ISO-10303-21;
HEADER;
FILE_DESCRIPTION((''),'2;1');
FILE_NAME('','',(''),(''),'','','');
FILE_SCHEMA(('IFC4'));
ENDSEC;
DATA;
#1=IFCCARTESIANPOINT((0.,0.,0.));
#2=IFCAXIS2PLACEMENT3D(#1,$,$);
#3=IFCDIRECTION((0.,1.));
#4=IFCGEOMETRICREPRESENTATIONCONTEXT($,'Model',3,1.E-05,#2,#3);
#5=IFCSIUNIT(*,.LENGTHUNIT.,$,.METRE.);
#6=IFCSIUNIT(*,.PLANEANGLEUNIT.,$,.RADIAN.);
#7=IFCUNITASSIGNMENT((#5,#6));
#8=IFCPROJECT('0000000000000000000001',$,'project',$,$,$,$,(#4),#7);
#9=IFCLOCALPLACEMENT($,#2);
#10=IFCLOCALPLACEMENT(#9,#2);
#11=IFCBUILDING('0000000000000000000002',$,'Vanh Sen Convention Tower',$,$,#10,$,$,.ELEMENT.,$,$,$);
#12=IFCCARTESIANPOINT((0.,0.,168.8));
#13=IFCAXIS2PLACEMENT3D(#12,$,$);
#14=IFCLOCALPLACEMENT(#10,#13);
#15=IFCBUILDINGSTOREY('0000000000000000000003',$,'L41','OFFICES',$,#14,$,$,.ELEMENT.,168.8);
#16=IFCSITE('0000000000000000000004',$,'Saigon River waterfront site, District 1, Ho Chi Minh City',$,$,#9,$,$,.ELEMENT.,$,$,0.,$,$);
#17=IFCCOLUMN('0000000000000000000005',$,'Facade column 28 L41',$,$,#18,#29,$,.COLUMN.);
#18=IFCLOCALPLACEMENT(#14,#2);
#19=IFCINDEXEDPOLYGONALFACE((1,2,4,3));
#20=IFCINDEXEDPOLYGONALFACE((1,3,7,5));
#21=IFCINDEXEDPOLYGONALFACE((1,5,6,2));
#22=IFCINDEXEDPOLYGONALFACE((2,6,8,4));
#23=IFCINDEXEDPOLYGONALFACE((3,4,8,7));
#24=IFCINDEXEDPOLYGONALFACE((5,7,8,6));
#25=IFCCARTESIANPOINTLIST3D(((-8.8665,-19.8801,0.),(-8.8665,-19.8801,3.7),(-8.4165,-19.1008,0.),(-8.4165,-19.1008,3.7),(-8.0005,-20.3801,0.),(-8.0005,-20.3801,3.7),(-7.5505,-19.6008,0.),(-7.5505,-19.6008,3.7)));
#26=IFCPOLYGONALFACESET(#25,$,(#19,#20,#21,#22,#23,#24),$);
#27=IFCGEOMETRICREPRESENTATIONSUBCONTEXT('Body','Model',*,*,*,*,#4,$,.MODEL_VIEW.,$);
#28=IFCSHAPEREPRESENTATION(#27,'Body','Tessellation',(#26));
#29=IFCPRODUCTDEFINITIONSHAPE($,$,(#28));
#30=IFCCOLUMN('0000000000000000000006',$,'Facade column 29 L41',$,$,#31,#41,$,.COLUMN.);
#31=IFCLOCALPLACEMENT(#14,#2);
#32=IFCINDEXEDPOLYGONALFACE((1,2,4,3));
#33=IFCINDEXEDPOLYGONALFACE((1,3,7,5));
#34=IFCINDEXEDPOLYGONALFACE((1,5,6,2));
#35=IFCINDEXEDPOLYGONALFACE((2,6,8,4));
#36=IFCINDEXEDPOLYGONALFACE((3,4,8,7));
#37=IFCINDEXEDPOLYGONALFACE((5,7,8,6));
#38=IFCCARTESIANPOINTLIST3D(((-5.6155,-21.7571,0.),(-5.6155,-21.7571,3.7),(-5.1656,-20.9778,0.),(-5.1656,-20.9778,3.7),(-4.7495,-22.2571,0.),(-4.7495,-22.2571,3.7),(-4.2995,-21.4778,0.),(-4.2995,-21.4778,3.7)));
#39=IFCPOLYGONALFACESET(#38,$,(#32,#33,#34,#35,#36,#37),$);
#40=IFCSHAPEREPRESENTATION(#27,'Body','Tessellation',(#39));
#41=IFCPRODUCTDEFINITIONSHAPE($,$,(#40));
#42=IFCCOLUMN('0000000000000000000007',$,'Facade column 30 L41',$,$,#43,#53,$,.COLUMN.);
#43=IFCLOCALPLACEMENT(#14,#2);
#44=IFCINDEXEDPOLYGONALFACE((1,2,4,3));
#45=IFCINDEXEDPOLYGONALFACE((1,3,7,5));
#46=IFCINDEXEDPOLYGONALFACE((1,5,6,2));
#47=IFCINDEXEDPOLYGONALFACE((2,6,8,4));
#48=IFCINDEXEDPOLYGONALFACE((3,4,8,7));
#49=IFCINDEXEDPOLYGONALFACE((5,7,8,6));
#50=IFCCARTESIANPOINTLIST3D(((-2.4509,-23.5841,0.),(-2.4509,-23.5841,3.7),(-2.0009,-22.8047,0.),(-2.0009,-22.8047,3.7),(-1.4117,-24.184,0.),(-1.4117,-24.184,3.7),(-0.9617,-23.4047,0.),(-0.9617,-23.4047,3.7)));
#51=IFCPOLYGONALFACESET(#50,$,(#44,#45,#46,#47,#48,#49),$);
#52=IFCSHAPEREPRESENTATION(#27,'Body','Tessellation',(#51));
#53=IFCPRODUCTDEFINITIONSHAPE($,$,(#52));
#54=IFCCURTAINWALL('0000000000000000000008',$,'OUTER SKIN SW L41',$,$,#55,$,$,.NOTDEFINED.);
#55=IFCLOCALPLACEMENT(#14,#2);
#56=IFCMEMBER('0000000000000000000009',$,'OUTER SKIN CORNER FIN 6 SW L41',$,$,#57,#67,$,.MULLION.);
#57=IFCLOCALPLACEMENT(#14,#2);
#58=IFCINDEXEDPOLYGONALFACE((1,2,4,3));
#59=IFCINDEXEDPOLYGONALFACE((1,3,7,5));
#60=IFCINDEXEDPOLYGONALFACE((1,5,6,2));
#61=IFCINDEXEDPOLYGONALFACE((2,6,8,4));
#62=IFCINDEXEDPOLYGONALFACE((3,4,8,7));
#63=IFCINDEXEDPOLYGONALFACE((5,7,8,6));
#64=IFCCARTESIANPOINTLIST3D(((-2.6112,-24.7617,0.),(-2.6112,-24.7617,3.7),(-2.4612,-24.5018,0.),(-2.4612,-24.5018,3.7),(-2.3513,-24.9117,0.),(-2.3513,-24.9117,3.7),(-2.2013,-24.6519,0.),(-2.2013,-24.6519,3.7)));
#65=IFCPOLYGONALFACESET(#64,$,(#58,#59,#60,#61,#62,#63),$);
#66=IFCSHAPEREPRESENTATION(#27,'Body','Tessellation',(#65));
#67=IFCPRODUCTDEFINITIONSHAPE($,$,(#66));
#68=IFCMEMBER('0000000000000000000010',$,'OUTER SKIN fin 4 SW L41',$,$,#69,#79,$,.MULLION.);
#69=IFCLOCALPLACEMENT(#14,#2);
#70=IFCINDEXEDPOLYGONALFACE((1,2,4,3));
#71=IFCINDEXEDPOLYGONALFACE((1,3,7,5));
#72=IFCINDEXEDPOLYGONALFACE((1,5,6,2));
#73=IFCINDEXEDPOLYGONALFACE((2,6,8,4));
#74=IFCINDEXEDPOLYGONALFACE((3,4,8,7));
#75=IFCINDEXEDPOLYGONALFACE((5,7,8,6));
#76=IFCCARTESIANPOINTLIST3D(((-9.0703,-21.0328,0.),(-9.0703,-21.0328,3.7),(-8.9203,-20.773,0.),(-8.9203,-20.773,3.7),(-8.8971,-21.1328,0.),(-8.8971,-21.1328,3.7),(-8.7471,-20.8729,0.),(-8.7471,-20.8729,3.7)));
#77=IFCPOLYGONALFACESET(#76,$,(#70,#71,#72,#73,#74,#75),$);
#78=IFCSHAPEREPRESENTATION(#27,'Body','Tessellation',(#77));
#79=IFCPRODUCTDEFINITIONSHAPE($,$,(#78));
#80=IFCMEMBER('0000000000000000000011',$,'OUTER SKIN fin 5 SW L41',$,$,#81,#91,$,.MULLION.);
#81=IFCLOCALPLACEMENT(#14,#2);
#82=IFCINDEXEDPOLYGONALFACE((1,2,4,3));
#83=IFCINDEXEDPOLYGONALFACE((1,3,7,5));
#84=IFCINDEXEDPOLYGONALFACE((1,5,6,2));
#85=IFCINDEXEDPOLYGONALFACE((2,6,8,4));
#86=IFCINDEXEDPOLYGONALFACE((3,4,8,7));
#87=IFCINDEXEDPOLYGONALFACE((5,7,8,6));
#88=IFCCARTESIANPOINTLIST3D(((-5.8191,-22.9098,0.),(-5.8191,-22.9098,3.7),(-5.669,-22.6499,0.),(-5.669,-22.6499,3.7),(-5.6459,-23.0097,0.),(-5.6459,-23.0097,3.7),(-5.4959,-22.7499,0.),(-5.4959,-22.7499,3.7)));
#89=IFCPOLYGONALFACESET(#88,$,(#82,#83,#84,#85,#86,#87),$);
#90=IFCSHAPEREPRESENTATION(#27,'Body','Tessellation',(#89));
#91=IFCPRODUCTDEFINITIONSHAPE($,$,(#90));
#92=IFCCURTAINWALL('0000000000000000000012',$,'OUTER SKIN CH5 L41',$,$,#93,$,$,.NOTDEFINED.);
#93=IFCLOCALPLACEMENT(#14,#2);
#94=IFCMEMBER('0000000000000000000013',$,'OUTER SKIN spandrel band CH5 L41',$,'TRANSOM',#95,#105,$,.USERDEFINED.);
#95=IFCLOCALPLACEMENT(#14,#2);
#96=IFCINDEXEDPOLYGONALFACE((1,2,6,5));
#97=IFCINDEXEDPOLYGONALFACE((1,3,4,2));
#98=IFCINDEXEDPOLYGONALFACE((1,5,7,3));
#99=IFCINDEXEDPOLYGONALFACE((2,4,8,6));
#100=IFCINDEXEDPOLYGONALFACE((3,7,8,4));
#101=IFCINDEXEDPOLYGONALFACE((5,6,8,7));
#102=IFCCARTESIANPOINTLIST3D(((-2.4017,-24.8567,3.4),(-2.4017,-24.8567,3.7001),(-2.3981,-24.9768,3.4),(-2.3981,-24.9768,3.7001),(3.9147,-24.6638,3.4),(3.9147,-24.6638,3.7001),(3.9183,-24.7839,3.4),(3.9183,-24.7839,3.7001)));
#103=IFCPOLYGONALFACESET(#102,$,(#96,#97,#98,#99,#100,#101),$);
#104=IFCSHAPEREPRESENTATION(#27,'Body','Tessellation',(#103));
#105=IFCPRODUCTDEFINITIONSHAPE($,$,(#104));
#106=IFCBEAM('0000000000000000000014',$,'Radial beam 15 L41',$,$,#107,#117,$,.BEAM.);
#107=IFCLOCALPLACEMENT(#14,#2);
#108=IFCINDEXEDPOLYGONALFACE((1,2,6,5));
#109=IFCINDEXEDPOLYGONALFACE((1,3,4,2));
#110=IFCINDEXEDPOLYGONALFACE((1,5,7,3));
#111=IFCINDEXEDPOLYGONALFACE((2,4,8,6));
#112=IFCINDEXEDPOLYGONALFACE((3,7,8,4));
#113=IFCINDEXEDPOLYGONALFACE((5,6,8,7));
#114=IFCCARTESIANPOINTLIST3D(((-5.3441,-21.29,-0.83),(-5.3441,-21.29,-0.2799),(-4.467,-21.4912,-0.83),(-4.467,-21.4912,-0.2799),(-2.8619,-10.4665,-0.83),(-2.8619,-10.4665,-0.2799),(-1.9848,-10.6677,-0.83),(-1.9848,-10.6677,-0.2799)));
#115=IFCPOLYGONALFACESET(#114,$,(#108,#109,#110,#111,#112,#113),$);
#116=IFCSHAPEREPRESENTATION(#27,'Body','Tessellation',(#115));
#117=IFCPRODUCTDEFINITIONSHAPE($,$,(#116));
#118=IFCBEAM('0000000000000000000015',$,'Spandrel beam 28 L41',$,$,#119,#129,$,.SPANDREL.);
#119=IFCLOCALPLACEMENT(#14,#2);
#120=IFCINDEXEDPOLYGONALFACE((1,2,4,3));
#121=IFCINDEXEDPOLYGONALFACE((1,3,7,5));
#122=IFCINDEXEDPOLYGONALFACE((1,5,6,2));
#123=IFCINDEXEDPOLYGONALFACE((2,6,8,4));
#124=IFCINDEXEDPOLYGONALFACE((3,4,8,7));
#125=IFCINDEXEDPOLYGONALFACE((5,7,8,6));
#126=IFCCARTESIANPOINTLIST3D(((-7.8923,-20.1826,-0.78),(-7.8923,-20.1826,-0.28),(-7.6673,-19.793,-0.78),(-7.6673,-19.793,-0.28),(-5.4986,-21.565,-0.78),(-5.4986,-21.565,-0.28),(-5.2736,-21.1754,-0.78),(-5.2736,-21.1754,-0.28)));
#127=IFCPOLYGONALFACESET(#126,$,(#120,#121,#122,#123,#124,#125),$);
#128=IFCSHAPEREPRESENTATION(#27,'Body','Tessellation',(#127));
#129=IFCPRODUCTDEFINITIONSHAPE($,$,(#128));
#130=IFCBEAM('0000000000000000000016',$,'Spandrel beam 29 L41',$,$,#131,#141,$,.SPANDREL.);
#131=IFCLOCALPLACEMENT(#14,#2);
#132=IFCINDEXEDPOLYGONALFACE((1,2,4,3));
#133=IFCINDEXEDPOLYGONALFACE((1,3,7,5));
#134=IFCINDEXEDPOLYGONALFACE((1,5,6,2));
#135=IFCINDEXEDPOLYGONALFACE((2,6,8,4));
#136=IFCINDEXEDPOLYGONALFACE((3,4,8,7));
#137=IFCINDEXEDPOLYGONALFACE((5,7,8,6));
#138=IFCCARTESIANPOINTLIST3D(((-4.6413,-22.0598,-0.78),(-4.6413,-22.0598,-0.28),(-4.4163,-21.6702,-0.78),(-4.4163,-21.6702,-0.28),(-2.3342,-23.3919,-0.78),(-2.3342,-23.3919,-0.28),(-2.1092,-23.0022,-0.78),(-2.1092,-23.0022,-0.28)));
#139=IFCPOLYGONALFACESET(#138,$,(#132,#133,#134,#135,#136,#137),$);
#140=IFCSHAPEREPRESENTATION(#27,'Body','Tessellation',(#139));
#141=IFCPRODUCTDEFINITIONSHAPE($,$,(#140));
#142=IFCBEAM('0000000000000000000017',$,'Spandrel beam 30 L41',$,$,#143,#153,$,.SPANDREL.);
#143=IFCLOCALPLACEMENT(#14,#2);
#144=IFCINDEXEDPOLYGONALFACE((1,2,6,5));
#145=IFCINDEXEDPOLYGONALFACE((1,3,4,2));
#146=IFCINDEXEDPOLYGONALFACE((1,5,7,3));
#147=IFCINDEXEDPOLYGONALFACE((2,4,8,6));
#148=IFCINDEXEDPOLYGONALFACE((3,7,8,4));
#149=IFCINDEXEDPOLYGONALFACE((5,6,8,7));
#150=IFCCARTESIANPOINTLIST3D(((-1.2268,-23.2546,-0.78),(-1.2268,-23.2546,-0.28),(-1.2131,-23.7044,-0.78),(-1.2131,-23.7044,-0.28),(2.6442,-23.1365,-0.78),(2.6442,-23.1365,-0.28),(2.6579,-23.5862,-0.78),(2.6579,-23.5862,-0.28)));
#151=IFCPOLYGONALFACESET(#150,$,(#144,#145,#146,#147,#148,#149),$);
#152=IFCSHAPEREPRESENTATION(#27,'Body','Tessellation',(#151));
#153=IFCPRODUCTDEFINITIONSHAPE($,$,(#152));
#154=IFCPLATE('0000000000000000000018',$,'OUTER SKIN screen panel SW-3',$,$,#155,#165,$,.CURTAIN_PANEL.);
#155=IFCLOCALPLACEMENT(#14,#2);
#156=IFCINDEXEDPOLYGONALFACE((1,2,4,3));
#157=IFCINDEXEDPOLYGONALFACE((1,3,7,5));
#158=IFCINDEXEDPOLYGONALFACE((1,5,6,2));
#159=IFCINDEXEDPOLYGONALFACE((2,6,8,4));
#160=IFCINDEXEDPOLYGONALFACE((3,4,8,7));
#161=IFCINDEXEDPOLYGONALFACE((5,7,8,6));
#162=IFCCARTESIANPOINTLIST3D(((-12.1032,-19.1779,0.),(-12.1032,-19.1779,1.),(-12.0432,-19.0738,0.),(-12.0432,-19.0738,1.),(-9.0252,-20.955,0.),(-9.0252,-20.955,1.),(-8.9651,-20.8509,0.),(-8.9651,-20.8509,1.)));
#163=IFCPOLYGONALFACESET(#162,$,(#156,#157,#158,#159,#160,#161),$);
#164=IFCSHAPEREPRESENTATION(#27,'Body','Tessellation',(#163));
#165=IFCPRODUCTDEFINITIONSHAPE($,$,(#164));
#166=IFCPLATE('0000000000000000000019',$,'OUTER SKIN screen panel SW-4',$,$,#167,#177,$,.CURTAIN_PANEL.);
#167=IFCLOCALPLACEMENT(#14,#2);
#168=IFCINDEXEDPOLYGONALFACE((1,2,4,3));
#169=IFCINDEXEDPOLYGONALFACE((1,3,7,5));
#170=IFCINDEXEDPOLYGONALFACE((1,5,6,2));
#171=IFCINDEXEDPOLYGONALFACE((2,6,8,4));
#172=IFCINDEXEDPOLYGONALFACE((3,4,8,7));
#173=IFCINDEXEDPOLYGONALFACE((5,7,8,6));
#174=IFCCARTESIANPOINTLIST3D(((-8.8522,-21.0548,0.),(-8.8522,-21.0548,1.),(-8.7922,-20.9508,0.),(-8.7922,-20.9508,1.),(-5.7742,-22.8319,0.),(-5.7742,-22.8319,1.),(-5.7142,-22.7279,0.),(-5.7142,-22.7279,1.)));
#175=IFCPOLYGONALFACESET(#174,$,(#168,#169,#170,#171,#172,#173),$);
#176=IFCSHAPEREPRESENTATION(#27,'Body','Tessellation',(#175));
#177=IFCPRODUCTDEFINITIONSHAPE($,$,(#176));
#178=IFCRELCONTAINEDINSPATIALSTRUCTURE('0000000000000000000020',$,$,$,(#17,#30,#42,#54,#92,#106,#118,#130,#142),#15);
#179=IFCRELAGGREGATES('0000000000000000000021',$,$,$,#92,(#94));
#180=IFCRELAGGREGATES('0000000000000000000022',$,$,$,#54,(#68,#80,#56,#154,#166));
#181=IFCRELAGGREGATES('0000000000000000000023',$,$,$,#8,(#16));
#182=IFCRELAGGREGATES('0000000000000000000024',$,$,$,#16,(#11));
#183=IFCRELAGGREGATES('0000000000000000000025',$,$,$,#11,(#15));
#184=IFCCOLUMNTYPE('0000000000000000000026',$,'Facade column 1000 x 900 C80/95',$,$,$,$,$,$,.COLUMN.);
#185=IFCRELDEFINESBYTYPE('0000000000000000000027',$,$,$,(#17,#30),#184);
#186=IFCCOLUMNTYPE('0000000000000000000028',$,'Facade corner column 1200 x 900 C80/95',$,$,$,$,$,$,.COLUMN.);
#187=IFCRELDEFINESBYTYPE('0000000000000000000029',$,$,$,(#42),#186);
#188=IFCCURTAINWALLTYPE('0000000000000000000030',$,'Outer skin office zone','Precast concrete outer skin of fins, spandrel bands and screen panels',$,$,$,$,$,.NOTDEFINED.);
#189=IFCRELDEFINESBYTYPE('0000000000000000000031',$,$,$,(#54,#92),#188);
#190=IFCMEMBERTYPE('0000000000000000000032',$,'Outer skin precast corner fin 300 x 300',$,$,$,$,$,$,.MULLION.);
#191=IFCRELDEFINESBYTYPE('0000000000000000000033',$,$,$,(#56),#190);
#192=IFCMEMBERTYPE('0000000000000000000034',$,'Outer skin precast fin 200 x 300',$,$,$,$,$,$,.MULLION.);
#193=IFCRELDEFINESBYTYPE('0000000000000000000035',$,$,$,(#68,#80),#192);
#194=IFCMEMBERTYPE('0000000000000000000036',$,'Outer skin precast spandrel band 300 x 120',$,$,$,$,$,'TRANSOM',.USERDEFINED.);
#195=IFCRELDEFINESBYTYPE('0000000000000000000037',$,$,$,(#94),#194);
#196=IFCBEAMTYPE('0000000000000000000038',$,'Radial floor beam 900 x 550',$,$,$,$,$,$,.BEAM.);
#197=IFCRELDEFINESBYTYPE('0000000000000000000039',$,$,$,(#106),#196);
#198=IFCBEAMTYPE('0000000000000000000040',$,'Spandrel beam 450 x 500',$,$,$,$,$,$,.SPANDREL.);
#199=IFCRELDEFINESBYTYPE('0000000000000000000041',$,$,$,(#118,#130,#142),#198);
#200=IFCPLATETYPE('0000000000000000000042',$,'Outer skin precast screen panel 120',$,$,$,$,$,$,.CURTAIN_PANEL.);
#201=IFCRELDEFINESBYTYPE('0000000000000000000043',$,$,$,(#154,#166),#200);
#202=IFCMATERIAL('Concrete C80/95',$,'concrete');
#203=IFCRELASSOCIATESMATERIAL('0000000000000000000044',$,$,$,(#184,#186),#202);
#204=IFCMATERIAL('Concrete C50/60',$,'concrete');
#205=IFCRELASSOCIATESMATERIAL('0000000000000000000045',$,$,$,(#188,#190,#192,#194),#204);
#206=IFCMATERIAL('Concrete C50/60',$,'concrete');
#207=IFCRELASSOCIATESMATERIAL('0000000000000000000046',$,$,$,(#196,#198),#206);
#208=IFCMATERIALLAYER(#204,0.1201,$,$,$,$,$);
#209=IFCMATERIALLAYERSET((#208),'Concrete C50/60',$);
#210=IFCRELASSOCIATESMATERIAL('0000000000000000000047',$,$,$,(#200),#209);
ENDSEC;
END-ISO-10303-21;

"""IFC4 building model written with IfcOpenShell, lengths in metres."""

from ifc_helpers import new_model, si_unit, direction, frame, origin, origin_2d, place, context, subcontext, project, spatial, rectangle, extrude, material, layer, layer_set, material_profile, profile_set, type_object, element, aggregate, save


model = new_model("IFC4")

# Units and contexts
model_context = context("Model", 3, precision=1e-05, world=origin(), true_north=direction((0.0, 1.0)))
body_context = subcontext(model_context, "Body", "Model", "MODEL_VIEW")
ifc_project = project(units=[si_unit("LENGTHUNIT", "METRE"), si_unit("PLANEANGLEUNIT", "RADIAN")], contexts=[model_context])

# Site, building, storey
site_placement = place(None, origin())
site = spatial("IfcSite", under=ifc_project, at=site_placement, Name="Saigon River waterfront site, District 1, Ho Chi Minh City", CompositionType="ELEMENT", RefElevation=0.0)
building_placement = place(site_placement, origin())
building = spatial("IfcBuilding", under=site, at=building_placement, Name="Vanh Sen Convention Tower", CompositionType="ELEMENT")
storey_placement = place(building_placement, frame((0.0, 0.0, 168.8)))
storey = spatial("IfcBuildingStorey", under=building, at=storey_placement, Name="L41", Description="OFFICES", CompositionType="ELEMENT", Elevation=168.8)

# Columns
ifc_material_1 = material(Name="Concrete C80/95", Category="concrete")
ifc_material_profile_1 = material_profile(ifc_material_1, rectangle(XDim=1.0, YDim=0.8999, at=origin_2d()), Name="RC 1000X900")
ifc_profile_set_1 = profile_set([ifc_material_profile_1], Name="Concrete C80/95")
column_type_1 = type_object("IfcColumnType", Name="Facade column 1000 x 900 C80/95", PredefinedType="COLUMN", material=ifc_profile_set_1)
for number, where, z_axis, x_axis, name in (
    (1, (-8.2085, -19.7405, 0.0), (0.0, 0.0, 1.0), (0.866025, -0.5, 0.0), "Facade column 28 L41"),
    (2, (-4.9575, -21.6174, 0.0), (0.0, 0.0, 1.0), (0.866025, -0.5, 0.0), "Facade column 29 L41"),
):
    element("IfcColumn", number, at=place(storey_placement, frame(where, z_axis=z_axis, x_axis=x_axis)), inside=storey, type_object=column_type_1, Name=name, PredefinedType="COLUMN", context=body_context, shape_type="SweptSolid", body=[
        extrude(rectangle(XDim=1.0, YDim=0.8999, at=origin_2d()), origin(), (0.0, 0.0, 1.0), 3.7),
    ])
ifc_material_profile_2 = material_profile(ifc_material_1, rectangle(XDim=1.2, YDim=0.8999, at=origin_2d()), Name="RC 1200X900")
ifc_profile_set_2 = profile_set([ifc_material_profile_2], Name="Concrete C80/95")
column_type_2 = type_object("IfcColumnType", Name="Facade corner column 1200 x 900 C80/95", PredefinedType="COLUMN", material=ifc_profile_set_2)
column_placement = place(storey_placement, frame((-1.7063, -23.4944, 0.0), z_axis=(0.0, 0.0, 1.0), x_axis=(0.866025, -0.5, 0.0)))
element("IfcColumn", 3, at=column_placement, inside=storey, type_object=column_type_2, Name="Facade column 30 L41", PredefinedType="COLUMN", context=body_context, shape_type="SweptSolid", body=[
    extrude(rectangle(XDim=1.2, YDim=0.8999, at=origin_2d()), origin(), (0.0, 0.0, 1.0), 3.7),
])

# Curtain wall, members
ifc_material_2 = material(Name="Concrete C50/60", Category="concrete")
curtain_wall_type = type_object("IfcCurtainWallType", Name="Outer skin office zone", Description="Precast concrete outer skin of fins, spandrel bands and screen panels", PredefinedType="NOTDEFINED", material=ifc_material_2)
curtain_wall_1_placement = place(storey_placement, origin())
curtain_wall_1 = element("IfcCurtainWall", 4, at=curtain_wall_1_placement, inside=storey, type_object=curtain_wall_type, Name="OUTER SKIN SW L41", PredefinedType="NOTDEFINED")
ifc_material_profile_3 = material_profile(ifc_material_2, rectangle(XDim=0.3, YDim=0.3, at=origin_2d()), Name="Outer skin precast corner fin 300 x 300")
ifc_profile_set_3 = profile_set([ifc_material_profile_3], Name="Concrete C50/60")
member_type_1 = type_object("IfcMemberType", Name="Outer skin precast corner fin 300 x 300", PredefinedType="MULLION", material=ifc_profile_set_3)
member_1_placement = place(storey_placement, frame((-2.4062, -24.7068, 0.0), z_axis=(0.0, 0.0, 1.0), x_axis=(0.866025, -0.5, 0.0)))
member_1 = element("IfcMember", 5, at=member_1_placement, type_object=member_type_1, Name="OUTER SKIN CORNER FIN 6 SW L41", PredefinedType="MULLION", context=body_context, shape_type="SweptSolid", body=[
    extrude(rectangle(XDim=0.3, YDim=0.3, at=origin_2d()), origin(), (0.0, 0.0, 1.0), 3.7),
])
ifc_material_profile_4 = material_profile(ifc_material_2, rectangle(XDim=0.2, YDim=0.3, at=origin_2d()), Name="Outer skin precast fin 200 x 300")
ifc_profile_set_4 = profile_set([ifc_material_profile_4], Name="Concrete C50/60")
member_type_2 = type_object("IfcMemberType", Name="Outer skin precast fin 200 x 300", PredefinedType="MULLION", material=ifc_profile_set_4)
member_2_placement = place(storey_placement, frame((-8.9087, -20.9529, 0.0), z_axis=(0.0, 0.0, 1.0), x_axis=(0.866025, -0.5, 0.0)))
member_2 = element("IfcMember", 6, at=member_2_placement, type_object=member_type_2, Name="OUTER SKIN fin 4 SW L41", PredefinedType="MULLION", context=body_context, shape_type="SweptSolid", body=[
    extrude(rectangle(XDim=0.2, YDim=0.3, at=origin_2d()), origin(), (0.0, 0.0, 1.0), 3.7),
])
member_3_placement = place(storey_placement, frame((-5.6575, -22.8298, 0.0), z_axis=(0.0, 0.0, 1.0), x_axis=(0.866025, -0.5, 0.0)))
member_3 = element("IfcMember", 7, at=member_3_placement, type_object=member_type_2, Name="OUTER SKIN fin 5 SW L41", PredefinedType="MULLION", context=body_context, shape_type="SweptSolid", body=[
    extrude(rectangle(XDim=0.2, YDim=0.3, at=origin_2d()), origin(), (0.0, 0.0, 1.0), 3.7),
])

# Curtain wall, member
curtain_wall_2_placement = place(storey_placement, origin())
curtain_wall_2 = element("IfcCurtainWall", 8, at=curtain_wall_2_placement, inside=storey, type_object=curtain_wall_type, Name="OUTER SKIN CH5 L41", PredefinedType="NOTDEFINED")
ifc_material_profile_5 = material_profile(ifc_material_2, rectangle(XDim=0.1201, YDim=0.3, at=origin_2d()), Name="Outer skin precast spandrel band 300 x 120")
ifc_profile_set_5 = profile_set([ifc_material_profile_5], Name="Concrete C50/60")
member_type_3 = type_object("IfcMemberType", Name="Outer skin precast spandrel band 300 x 120", ElementType="TRANSOM", PredefinedType="USERDEFINED", material=ifc_profile_set_5)
member_4_placement = place(storey_placement, frame((-2.3999, -24.9167, 3.55), z_axis=(0.999534, 0.030521, 0.0), x_axis=(-0.030521, 0.999534, 0.0)))
member_4 = element("IfcMember", 9, at=member_4_placement, type_object=member_type_3, Name="OUTER SKIN spandrel band CH5 L41", ObjectType="TRANSOM", PredefinedType="USERDEFINED", context=body_context, shape_type="SweptSolid", body=[
    extrude(rectangle(XDim=0.1201, YDim=0.3, at=origin_2d()), origin(), (0.0, 0.0, 1.0), 6.3193),
])
aggregate(curtain_wall_2, [member_4])

# Beams
ifc_material_3 = material(Name="Concrete C50/60", Category="concrete")
ifc_material_profile_6 = material_profile(ifc_material_3, rectangle(XDim=0.8999, YDim=0.55, at=origin_2d()), Name="RC 900X550")
ifc_profile_set_6 = profile_set([ifc_material_profile_6], Name="Concrete C50/60")
beam_type_1 = type_object("IfcBeamType", Name="Radial floor beam 900 x 550", PredefinedType="BEAM", material=ifc_profile_set_6)
beam_1_placement = place(storey_placement, frame((-4.9055, -21.3906, -0.5549), z_axis=(0.22353, 0.974697, 0.0), x_axis=(-0.974697, 0.22353, 0.0)))
element("IfcBeam", 10, at=beam_1_placement, inside=storey, type_object=beam_type_1, Name="Radial beam 15 L41", PredefinedType="BEAM", context=body_context, shape_type="SweptSolid", body=[
    extrude(rectangle(XDim=0.8999, YDim=0.55, at=origin_2d()), origin(), (0.0, 0.0, 1.0), 11.1045),
])
ifc_material_profile_7 = material_profile(ifc_material_3, rectangle(XDim=0.45, YDim=0.5, at=origin_2d()), Name="RC 450X500")
ifc_profile_set_7 = profile_set([ifc_material_profile_7], Name="Concrete C50/60")
beam_type_2 = type_object("IfcBeamType", Name="Spandrel beam 450 x 500", PredefinedType="SPANDREL", material=ifc_profile_set_7)
beam_2_placement = place(storey_placement, frame((-7.7798, -19.9878, -0.53), z_axis=(0.865962, -0.50011, 0.0), x_axis=(0.50011, 0.865962, 0.0)))
element("IfcBeam", 11, at=beam_2_placement, inside=storey, type_object=beam_type_2, Name="Spandrel beam 28 L41", PredefinedType="SPANDREL", context=body_context, shape_type="SweptSolid", body=[
    extrude(rectangle(XDim=0.45, YDim=0.5, at=origin_2d()), origin(), (0.0, 0.0, 1.0), 2.7642),
])
beam_3_placement = place(storey_placement, frame((-4.5288, -21.865, -0.53), z_axis=(0.866024, -0.500003, 0.0), x_axis=(0.500003, 0.866024, 0.0)))
element("IfcBeam", 12, at=beam_3_placement, inside=storey, type_object=beam_type_2, Name="Spandrel beam 29 L41", PredefinedType="SPANDREL", context=body_context, shape_type="SweptSolid", body=[
    extrude(rectangle(XDim=0.45, YDim=0.5, at=origin_2d()), origin(), (0.0, 0.0, 1.0), 2.6641),
])
beam_4_placement = place(storey_placement, frame((-1.22, -23.4795, -0.53), z_axis=(0.999534, 0.030511, 0.0), x_axis=(-0.030511, 0.999534, 0.0)))
element("IfcBeam", 13, at=beam_4_placement, inside=storey, type_object=beam_type_2, Name="Spandrel beam 30 L41", PredefinedType="SPANDREL", context=body_context, shape_type="SweptSolid", body=[
    extrude(rectangle(XDim=0.45, YDim=0.5, at=origin_2d()), origin(), (0.0, 0.0, 1.0), 3.8728),
])

# Plates
ifc_layer_1 = layer(ifc_material_2, 0.1201)
ifc_layer_set_1 = layer_set([ifc_layer_1], Name="Concrete C50/60")
plate_type = type_object("IfcPlateType", Name="Outer skin precast screen panel 120", PredefinedType="CURTAIN_PANEL", material=ifc_layer_set_1)
plate_1_placement = place(storey_placement, frame((-10.5342, -20.0144, 0.0), z_axis=(0.0, 0.0, 1.0), x_axis=(0.866024, -0.500003, 0.0)))
plate_1 = element("IfcPlate", 14, at=plate_1_placement, type_object=plate_type, Name="OUTER SKIN screen panel SW-3", PredefinedType="CURTAIN_PANEL", context=body_context, shape_type="SweptSolid", body=[
    extrude(rectangle(XDim=3.5542, YDim=0.1201, at=origin_2d()), origin(), (0.0, 0.0, 1.0), 1.0),
])
plate_2_placement = place(storey_placement, frame((-7.2832, -21.8914, 0.0), z_axis=(0.0, 0.0, 1.0), x_axis=(0.866017, -0.500015, 0.0)))
plate_2 = element("IfcPlate", 15, at=plate_2_placement, type_object=plate_type, Name="OUTER SKIN screen panel SW-4", PredefinedType="CURTAIN_PANEL", context=body_context, shape_type="SweptSolid", body=[
    extrude(rectangle(XDim=3.5542, YDim=0.1201, at=origin_2d()), origin(), (0.0, 0.0, 1.0), 1.0),
])
aggregate(curtain_wall_1, [member_2, member_3, member_1, plate_1, plate_2])

save(model, "model.ifc")
